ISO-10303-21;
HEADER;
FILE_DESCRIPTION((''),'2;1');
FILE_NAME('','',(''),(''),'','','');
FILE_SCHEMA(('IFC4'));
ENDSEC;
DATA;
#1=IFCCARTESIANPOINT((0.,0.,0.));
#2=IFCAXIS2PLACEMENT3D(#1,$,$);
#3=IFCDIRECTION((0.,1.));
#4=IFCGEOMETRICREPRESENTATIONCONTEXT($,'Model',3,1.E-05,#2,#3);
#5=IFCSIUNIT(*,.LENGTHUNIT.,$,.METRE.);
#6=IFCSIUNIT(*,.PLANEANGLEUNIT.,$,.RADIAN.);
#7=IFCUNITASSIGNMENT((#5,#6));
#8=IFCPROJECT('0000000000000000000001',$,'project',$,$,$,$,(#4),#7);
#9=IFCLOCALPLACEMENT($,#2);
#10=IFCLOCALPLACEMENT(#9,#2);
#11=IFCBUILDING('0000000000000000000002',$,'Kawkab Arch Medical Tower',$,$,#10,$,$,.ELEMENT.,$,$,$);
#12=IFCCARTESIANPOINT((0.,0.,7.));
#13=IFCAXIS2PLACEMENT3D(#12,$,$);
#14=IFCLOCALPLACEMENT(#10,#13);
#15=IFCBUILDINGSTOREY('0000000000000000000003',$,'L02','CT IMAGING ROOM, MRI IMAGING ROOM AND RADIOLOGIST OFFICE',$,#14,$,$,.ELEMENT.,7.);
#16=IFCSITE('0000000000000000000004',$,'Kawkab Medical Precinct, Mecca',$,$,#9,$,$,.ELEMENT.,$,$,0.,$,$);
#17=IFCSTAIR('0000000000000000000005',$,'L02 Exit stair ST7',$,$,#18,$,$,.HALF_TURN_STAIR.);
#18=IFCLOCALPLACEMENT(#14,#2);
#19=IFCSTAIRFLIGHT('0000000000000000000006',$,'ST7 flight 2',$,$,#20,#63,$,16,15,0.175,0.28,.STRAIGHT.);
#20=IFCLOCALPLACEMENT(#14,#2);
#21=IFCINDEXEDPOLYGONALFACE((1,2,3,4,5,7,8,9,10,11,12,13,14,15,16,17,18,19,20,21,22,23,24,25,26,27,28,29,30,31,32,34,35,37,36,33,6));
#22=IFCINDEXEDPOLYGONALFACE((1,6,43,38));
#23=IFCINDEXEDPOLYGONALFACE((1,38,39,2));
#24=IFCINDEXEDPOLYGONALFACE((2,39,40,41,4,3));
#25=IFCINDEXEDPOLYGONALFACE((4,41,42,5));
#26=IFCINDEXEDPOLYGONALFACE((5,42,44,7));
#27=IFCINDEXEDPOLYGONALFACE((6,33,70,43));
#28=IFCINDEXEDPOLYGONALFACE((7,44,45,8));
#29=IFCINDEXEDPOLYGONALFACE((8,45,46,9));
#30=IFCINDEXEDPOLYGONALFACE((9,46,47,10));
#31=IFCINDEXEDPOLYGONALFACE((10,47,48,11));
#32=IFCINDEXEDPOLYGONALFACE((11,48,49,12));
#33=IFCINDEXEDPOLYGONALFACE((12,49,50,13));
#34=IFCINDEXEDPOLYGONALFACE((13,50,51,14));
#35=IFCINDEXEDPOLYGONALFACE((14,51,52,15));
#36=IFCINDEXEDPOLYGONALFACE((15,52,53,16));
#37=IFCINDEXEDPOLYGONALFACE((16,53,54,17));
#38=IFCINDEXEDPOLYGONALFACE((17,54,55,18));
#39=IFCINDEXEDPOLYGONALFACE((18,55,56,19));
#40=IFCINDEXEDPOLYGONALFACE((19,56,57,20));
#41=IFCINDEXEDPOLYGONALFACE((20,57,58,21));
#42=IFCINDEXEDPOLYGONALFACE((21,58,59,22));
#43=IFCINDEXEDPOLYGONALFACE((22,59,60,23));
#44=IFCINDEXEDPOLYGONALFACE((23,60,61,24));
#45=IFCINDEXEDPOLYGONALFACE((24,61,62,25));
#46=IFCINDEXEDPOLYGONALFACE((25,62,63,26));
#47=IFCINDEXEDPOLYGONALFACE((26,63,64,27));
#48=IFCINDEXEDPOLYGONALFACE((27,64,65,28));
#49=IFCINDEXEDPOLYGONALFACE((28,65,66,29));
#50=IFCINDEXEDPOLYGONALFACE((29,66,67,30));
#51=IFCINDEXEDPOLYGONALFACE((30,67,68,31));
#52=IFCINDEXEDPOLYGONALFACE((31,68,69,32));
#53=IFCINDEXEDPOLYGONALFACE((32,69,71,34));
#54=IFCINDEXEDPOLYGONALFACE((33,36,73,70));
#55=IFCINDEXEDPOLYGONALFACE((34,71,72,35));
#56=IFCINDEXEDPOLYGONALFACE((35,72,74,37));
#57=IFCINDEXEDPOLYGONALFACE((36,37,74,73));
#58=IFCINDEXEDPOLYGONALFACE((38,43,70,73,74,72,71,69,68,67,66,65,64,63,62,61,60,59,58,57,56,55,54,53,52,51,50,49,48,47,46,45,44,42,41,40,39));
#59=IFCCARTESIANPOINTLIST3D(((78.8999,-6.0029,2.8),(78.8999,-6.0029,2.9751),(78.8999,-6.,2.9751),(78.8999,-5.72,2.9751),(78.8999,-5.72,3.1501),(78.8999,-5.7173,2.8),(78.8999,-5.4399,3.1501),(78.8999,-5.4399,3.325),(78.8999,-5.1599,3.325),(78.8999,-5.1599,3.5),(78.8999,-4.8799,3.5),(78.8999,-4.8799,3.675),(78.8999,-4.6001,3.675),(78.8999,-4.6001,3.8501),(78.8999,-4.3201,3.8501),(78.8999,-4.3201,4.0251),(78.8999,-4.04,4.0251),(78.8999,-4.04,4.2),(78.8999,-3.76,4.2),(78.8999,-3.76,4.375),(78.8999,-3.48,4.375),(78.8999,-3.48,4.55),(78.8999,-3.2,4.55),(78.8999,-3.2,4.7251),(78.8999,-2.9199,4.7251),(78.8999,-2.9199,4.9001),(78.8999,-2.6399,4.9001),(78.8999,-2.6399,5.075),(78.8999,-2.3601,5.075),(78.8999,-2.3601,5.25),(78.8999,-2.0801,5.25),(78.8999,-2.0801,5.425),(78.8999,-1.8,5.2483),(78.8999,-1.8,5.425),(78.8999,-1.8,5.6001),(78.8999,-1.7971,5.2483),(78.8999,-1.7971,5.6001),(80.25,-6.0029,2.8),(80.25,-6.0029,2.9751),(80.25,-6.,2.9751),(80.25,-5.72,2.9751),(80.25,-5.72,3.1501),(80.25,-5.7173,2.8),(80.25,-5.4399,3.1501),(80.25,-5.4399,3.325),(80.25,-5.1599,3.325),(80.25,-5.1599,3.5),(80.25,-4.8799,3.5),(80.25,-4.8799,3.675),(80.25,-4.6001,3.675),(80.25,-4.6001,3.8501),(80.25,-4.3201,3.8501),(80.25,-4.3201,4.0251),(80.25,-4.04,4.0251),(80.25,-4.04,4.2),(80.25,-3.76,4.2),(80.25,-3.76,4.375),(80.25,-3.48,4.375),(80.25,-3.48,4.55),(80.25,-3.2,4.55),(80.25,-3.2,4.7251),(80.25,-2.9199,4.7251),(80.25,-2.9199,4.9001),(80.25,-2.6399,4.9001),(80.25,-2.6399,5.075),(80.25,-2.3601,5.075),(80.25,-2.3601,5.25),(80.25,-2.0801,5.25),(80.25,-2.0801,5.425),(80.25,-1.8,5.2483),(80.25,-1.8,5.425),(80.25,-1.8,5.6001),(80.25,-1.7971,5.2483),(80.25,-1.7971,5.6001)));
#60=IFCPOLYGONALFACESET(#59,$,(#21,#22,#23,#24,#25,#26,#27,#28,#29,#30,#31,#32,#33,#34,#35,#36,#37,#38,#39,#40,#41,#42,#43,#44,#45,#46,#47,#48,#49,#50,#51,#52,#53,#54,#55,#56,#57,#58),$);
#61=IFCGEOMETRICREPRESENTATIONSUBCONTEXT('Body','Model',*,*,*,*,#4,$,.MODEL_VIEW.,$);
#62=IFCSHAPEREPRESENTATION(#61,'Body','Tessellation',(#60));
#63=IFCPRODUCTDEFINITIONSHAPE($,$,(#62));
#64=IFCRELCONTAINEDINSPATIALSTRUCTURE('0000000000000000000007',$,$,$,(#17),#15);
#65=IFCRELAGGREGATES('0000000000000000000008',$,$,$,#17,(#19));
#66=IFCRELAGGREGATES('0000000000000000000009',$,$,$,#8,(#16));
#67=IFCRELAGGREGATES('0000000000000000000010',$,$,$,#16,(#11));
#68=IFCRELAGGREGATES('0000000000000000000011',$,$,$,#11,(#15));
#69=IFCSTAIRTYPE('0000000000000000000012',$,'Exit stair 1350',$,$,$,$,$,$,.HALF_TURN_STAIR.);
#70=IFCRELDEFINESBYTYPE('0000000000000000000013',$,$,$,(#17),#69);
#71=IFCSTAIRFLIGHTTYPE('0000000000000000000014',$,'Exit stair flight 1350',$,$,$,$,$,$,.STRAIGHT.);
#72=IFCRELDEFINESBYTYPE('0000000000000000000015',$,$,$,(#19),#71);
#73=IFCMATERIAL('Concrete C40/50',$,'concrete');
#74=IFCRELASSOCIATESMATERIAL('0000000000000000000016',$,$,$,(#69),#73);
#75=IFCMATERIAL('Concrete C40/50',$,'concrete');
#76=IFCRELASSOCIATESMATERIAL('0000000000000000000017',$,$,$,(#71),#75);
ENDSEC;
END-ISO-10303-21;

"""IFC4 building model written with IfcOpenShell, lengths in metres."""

from ifc_helpers import new_model, si_unit, direction, frame, origin, place, context, subcontext, project, spatial, polyline, outline, extrude, material, type_object, element, aggregate, save


model = new_model("IFC4")

# Units and contexts
model_context = context("Model", 3, precision=1e-05, world=origin(), true_north=direction((0.0, 1.0)))
body_context = subcontext(model_context, "Body", "Model", "MODEL_VIEW")
ifc_project = project(units=[si_unit("LENGTHUNIT", "METRE"), si_unit("PLANEANGLEUNIT", "RADIAN")], contexts=[model_context])

# Site, building, storey
site_placement = place(None, origin())
site = spatial("IfcSite", under=ifc_project, at=site_placement, Name="Kawkab Medical Precinct, Mecca", CompositionType="ELEMENT", RefElevation=0.0)
building_placement = place(site_placement, origin())
building = spatial("IfcBuilding", under=site, at=building_placement, Name="Kawkab Arch Medical Tower", CompositionType="ELEMENT")
storey_placement = place(building_placement, frame((0.0, 0.0, 7.0)))
storey = spatial("IfcBuildingStorey", under=building, at=storey_placement, Name="L02", Description="CT IMAGING ROOM, MRI IMAGING ROOM AND RADIOLOGIST OFFICE", CompositionType="ELEMENT", Elevation=7.0)

# Stair, stair flight
ifc_material_1 = material(Name="Concrete C40/50", Category="concrete")
stair_type = type_object("IfcStairType", Name="Exit stair 1350", PredefinedType="HALF_TURN_STAIR", material=ifc_material_1)
stair_placement = place(storey_placement, origin())
stair = element("IfcStair", 1, at=stair_placement, inside=storey, type_object=stair_type, Name="L02 Exit stair ST7", PredefinedType="HALF_TURN_STAIR")
ifc_material_2 = material(Name="Concrete C40/50", Category="concrete")
stair_flight_type = type_object("IfcStairFlightType", Name="Exit stair flight 1350", PredefinedType="STRAIGHT", material=ifc_material_2)
stair_flight_placement = place(storey_placement, frame((79.575, -6.0, 2.8), z_axis=(0.0, 0.0, 1.0), x_axis=(0.0, 1.0, 0.0)))
stair_flight = element("IfcStairFlight", 2, at=stair_flight_placement, type_object=stair_flight_type, Name="ST7 flight 2", NumberOfRisers=16, NumberOfTreads=15, PredefinedType="STRAIGHT", RiserHeight=0.175, TreadLength=0.28, context=body_context, shape_type="SweptSolid", body=[
    extrude(outline(polyline([(-0.0029, 0.0), (-0.0029, 0.175), (0.0, 0.175), (0.28, 0.175), (0.28, 0.3501), (0.5601, 0.3501), (0.5601, 0.5249), (0.8401, 0.5249), (0.8401, 0.7), (1.1201, 0.7), (1.1201, 0.875), (1.3999, 0.875), (1.3999, 1.05), (1.6799, 1.05), (1.6799, 1.2251), (1.96, 1.2251), (1.96, 1.3999), (2.24, 1.3999), (2.24, 1.575), (2.52, 1.575), (2.52, 1.75), (2.8, 1.75), (2.8, 1.925), (3.0801, 1.925), (3.0801, 2.1001), (3.3601, 2.1001), (3.3601, 2.2749), (3.6399, 2.2749), (3.6399, 2.45), (3.9199, 2.45), (3.9199, 2.625), (4.2, 2.625), (4.2, 2.8), (4.2029, 2.8), (4.2029, 2.4482), (4.2, 2.4482), (0.2827, 0.0), (-0.0029, 0.0)])), frame((0.0, 0.675, 0.0), z_axis=(0.0, -1.0, 0.0), x_axis=(1.0, 0.0, 0.0)), (0.0, 0.0, 1.0), 1.3501),
])
aggregate(stair, [stair_flight])

save(model, "model.ifc")
